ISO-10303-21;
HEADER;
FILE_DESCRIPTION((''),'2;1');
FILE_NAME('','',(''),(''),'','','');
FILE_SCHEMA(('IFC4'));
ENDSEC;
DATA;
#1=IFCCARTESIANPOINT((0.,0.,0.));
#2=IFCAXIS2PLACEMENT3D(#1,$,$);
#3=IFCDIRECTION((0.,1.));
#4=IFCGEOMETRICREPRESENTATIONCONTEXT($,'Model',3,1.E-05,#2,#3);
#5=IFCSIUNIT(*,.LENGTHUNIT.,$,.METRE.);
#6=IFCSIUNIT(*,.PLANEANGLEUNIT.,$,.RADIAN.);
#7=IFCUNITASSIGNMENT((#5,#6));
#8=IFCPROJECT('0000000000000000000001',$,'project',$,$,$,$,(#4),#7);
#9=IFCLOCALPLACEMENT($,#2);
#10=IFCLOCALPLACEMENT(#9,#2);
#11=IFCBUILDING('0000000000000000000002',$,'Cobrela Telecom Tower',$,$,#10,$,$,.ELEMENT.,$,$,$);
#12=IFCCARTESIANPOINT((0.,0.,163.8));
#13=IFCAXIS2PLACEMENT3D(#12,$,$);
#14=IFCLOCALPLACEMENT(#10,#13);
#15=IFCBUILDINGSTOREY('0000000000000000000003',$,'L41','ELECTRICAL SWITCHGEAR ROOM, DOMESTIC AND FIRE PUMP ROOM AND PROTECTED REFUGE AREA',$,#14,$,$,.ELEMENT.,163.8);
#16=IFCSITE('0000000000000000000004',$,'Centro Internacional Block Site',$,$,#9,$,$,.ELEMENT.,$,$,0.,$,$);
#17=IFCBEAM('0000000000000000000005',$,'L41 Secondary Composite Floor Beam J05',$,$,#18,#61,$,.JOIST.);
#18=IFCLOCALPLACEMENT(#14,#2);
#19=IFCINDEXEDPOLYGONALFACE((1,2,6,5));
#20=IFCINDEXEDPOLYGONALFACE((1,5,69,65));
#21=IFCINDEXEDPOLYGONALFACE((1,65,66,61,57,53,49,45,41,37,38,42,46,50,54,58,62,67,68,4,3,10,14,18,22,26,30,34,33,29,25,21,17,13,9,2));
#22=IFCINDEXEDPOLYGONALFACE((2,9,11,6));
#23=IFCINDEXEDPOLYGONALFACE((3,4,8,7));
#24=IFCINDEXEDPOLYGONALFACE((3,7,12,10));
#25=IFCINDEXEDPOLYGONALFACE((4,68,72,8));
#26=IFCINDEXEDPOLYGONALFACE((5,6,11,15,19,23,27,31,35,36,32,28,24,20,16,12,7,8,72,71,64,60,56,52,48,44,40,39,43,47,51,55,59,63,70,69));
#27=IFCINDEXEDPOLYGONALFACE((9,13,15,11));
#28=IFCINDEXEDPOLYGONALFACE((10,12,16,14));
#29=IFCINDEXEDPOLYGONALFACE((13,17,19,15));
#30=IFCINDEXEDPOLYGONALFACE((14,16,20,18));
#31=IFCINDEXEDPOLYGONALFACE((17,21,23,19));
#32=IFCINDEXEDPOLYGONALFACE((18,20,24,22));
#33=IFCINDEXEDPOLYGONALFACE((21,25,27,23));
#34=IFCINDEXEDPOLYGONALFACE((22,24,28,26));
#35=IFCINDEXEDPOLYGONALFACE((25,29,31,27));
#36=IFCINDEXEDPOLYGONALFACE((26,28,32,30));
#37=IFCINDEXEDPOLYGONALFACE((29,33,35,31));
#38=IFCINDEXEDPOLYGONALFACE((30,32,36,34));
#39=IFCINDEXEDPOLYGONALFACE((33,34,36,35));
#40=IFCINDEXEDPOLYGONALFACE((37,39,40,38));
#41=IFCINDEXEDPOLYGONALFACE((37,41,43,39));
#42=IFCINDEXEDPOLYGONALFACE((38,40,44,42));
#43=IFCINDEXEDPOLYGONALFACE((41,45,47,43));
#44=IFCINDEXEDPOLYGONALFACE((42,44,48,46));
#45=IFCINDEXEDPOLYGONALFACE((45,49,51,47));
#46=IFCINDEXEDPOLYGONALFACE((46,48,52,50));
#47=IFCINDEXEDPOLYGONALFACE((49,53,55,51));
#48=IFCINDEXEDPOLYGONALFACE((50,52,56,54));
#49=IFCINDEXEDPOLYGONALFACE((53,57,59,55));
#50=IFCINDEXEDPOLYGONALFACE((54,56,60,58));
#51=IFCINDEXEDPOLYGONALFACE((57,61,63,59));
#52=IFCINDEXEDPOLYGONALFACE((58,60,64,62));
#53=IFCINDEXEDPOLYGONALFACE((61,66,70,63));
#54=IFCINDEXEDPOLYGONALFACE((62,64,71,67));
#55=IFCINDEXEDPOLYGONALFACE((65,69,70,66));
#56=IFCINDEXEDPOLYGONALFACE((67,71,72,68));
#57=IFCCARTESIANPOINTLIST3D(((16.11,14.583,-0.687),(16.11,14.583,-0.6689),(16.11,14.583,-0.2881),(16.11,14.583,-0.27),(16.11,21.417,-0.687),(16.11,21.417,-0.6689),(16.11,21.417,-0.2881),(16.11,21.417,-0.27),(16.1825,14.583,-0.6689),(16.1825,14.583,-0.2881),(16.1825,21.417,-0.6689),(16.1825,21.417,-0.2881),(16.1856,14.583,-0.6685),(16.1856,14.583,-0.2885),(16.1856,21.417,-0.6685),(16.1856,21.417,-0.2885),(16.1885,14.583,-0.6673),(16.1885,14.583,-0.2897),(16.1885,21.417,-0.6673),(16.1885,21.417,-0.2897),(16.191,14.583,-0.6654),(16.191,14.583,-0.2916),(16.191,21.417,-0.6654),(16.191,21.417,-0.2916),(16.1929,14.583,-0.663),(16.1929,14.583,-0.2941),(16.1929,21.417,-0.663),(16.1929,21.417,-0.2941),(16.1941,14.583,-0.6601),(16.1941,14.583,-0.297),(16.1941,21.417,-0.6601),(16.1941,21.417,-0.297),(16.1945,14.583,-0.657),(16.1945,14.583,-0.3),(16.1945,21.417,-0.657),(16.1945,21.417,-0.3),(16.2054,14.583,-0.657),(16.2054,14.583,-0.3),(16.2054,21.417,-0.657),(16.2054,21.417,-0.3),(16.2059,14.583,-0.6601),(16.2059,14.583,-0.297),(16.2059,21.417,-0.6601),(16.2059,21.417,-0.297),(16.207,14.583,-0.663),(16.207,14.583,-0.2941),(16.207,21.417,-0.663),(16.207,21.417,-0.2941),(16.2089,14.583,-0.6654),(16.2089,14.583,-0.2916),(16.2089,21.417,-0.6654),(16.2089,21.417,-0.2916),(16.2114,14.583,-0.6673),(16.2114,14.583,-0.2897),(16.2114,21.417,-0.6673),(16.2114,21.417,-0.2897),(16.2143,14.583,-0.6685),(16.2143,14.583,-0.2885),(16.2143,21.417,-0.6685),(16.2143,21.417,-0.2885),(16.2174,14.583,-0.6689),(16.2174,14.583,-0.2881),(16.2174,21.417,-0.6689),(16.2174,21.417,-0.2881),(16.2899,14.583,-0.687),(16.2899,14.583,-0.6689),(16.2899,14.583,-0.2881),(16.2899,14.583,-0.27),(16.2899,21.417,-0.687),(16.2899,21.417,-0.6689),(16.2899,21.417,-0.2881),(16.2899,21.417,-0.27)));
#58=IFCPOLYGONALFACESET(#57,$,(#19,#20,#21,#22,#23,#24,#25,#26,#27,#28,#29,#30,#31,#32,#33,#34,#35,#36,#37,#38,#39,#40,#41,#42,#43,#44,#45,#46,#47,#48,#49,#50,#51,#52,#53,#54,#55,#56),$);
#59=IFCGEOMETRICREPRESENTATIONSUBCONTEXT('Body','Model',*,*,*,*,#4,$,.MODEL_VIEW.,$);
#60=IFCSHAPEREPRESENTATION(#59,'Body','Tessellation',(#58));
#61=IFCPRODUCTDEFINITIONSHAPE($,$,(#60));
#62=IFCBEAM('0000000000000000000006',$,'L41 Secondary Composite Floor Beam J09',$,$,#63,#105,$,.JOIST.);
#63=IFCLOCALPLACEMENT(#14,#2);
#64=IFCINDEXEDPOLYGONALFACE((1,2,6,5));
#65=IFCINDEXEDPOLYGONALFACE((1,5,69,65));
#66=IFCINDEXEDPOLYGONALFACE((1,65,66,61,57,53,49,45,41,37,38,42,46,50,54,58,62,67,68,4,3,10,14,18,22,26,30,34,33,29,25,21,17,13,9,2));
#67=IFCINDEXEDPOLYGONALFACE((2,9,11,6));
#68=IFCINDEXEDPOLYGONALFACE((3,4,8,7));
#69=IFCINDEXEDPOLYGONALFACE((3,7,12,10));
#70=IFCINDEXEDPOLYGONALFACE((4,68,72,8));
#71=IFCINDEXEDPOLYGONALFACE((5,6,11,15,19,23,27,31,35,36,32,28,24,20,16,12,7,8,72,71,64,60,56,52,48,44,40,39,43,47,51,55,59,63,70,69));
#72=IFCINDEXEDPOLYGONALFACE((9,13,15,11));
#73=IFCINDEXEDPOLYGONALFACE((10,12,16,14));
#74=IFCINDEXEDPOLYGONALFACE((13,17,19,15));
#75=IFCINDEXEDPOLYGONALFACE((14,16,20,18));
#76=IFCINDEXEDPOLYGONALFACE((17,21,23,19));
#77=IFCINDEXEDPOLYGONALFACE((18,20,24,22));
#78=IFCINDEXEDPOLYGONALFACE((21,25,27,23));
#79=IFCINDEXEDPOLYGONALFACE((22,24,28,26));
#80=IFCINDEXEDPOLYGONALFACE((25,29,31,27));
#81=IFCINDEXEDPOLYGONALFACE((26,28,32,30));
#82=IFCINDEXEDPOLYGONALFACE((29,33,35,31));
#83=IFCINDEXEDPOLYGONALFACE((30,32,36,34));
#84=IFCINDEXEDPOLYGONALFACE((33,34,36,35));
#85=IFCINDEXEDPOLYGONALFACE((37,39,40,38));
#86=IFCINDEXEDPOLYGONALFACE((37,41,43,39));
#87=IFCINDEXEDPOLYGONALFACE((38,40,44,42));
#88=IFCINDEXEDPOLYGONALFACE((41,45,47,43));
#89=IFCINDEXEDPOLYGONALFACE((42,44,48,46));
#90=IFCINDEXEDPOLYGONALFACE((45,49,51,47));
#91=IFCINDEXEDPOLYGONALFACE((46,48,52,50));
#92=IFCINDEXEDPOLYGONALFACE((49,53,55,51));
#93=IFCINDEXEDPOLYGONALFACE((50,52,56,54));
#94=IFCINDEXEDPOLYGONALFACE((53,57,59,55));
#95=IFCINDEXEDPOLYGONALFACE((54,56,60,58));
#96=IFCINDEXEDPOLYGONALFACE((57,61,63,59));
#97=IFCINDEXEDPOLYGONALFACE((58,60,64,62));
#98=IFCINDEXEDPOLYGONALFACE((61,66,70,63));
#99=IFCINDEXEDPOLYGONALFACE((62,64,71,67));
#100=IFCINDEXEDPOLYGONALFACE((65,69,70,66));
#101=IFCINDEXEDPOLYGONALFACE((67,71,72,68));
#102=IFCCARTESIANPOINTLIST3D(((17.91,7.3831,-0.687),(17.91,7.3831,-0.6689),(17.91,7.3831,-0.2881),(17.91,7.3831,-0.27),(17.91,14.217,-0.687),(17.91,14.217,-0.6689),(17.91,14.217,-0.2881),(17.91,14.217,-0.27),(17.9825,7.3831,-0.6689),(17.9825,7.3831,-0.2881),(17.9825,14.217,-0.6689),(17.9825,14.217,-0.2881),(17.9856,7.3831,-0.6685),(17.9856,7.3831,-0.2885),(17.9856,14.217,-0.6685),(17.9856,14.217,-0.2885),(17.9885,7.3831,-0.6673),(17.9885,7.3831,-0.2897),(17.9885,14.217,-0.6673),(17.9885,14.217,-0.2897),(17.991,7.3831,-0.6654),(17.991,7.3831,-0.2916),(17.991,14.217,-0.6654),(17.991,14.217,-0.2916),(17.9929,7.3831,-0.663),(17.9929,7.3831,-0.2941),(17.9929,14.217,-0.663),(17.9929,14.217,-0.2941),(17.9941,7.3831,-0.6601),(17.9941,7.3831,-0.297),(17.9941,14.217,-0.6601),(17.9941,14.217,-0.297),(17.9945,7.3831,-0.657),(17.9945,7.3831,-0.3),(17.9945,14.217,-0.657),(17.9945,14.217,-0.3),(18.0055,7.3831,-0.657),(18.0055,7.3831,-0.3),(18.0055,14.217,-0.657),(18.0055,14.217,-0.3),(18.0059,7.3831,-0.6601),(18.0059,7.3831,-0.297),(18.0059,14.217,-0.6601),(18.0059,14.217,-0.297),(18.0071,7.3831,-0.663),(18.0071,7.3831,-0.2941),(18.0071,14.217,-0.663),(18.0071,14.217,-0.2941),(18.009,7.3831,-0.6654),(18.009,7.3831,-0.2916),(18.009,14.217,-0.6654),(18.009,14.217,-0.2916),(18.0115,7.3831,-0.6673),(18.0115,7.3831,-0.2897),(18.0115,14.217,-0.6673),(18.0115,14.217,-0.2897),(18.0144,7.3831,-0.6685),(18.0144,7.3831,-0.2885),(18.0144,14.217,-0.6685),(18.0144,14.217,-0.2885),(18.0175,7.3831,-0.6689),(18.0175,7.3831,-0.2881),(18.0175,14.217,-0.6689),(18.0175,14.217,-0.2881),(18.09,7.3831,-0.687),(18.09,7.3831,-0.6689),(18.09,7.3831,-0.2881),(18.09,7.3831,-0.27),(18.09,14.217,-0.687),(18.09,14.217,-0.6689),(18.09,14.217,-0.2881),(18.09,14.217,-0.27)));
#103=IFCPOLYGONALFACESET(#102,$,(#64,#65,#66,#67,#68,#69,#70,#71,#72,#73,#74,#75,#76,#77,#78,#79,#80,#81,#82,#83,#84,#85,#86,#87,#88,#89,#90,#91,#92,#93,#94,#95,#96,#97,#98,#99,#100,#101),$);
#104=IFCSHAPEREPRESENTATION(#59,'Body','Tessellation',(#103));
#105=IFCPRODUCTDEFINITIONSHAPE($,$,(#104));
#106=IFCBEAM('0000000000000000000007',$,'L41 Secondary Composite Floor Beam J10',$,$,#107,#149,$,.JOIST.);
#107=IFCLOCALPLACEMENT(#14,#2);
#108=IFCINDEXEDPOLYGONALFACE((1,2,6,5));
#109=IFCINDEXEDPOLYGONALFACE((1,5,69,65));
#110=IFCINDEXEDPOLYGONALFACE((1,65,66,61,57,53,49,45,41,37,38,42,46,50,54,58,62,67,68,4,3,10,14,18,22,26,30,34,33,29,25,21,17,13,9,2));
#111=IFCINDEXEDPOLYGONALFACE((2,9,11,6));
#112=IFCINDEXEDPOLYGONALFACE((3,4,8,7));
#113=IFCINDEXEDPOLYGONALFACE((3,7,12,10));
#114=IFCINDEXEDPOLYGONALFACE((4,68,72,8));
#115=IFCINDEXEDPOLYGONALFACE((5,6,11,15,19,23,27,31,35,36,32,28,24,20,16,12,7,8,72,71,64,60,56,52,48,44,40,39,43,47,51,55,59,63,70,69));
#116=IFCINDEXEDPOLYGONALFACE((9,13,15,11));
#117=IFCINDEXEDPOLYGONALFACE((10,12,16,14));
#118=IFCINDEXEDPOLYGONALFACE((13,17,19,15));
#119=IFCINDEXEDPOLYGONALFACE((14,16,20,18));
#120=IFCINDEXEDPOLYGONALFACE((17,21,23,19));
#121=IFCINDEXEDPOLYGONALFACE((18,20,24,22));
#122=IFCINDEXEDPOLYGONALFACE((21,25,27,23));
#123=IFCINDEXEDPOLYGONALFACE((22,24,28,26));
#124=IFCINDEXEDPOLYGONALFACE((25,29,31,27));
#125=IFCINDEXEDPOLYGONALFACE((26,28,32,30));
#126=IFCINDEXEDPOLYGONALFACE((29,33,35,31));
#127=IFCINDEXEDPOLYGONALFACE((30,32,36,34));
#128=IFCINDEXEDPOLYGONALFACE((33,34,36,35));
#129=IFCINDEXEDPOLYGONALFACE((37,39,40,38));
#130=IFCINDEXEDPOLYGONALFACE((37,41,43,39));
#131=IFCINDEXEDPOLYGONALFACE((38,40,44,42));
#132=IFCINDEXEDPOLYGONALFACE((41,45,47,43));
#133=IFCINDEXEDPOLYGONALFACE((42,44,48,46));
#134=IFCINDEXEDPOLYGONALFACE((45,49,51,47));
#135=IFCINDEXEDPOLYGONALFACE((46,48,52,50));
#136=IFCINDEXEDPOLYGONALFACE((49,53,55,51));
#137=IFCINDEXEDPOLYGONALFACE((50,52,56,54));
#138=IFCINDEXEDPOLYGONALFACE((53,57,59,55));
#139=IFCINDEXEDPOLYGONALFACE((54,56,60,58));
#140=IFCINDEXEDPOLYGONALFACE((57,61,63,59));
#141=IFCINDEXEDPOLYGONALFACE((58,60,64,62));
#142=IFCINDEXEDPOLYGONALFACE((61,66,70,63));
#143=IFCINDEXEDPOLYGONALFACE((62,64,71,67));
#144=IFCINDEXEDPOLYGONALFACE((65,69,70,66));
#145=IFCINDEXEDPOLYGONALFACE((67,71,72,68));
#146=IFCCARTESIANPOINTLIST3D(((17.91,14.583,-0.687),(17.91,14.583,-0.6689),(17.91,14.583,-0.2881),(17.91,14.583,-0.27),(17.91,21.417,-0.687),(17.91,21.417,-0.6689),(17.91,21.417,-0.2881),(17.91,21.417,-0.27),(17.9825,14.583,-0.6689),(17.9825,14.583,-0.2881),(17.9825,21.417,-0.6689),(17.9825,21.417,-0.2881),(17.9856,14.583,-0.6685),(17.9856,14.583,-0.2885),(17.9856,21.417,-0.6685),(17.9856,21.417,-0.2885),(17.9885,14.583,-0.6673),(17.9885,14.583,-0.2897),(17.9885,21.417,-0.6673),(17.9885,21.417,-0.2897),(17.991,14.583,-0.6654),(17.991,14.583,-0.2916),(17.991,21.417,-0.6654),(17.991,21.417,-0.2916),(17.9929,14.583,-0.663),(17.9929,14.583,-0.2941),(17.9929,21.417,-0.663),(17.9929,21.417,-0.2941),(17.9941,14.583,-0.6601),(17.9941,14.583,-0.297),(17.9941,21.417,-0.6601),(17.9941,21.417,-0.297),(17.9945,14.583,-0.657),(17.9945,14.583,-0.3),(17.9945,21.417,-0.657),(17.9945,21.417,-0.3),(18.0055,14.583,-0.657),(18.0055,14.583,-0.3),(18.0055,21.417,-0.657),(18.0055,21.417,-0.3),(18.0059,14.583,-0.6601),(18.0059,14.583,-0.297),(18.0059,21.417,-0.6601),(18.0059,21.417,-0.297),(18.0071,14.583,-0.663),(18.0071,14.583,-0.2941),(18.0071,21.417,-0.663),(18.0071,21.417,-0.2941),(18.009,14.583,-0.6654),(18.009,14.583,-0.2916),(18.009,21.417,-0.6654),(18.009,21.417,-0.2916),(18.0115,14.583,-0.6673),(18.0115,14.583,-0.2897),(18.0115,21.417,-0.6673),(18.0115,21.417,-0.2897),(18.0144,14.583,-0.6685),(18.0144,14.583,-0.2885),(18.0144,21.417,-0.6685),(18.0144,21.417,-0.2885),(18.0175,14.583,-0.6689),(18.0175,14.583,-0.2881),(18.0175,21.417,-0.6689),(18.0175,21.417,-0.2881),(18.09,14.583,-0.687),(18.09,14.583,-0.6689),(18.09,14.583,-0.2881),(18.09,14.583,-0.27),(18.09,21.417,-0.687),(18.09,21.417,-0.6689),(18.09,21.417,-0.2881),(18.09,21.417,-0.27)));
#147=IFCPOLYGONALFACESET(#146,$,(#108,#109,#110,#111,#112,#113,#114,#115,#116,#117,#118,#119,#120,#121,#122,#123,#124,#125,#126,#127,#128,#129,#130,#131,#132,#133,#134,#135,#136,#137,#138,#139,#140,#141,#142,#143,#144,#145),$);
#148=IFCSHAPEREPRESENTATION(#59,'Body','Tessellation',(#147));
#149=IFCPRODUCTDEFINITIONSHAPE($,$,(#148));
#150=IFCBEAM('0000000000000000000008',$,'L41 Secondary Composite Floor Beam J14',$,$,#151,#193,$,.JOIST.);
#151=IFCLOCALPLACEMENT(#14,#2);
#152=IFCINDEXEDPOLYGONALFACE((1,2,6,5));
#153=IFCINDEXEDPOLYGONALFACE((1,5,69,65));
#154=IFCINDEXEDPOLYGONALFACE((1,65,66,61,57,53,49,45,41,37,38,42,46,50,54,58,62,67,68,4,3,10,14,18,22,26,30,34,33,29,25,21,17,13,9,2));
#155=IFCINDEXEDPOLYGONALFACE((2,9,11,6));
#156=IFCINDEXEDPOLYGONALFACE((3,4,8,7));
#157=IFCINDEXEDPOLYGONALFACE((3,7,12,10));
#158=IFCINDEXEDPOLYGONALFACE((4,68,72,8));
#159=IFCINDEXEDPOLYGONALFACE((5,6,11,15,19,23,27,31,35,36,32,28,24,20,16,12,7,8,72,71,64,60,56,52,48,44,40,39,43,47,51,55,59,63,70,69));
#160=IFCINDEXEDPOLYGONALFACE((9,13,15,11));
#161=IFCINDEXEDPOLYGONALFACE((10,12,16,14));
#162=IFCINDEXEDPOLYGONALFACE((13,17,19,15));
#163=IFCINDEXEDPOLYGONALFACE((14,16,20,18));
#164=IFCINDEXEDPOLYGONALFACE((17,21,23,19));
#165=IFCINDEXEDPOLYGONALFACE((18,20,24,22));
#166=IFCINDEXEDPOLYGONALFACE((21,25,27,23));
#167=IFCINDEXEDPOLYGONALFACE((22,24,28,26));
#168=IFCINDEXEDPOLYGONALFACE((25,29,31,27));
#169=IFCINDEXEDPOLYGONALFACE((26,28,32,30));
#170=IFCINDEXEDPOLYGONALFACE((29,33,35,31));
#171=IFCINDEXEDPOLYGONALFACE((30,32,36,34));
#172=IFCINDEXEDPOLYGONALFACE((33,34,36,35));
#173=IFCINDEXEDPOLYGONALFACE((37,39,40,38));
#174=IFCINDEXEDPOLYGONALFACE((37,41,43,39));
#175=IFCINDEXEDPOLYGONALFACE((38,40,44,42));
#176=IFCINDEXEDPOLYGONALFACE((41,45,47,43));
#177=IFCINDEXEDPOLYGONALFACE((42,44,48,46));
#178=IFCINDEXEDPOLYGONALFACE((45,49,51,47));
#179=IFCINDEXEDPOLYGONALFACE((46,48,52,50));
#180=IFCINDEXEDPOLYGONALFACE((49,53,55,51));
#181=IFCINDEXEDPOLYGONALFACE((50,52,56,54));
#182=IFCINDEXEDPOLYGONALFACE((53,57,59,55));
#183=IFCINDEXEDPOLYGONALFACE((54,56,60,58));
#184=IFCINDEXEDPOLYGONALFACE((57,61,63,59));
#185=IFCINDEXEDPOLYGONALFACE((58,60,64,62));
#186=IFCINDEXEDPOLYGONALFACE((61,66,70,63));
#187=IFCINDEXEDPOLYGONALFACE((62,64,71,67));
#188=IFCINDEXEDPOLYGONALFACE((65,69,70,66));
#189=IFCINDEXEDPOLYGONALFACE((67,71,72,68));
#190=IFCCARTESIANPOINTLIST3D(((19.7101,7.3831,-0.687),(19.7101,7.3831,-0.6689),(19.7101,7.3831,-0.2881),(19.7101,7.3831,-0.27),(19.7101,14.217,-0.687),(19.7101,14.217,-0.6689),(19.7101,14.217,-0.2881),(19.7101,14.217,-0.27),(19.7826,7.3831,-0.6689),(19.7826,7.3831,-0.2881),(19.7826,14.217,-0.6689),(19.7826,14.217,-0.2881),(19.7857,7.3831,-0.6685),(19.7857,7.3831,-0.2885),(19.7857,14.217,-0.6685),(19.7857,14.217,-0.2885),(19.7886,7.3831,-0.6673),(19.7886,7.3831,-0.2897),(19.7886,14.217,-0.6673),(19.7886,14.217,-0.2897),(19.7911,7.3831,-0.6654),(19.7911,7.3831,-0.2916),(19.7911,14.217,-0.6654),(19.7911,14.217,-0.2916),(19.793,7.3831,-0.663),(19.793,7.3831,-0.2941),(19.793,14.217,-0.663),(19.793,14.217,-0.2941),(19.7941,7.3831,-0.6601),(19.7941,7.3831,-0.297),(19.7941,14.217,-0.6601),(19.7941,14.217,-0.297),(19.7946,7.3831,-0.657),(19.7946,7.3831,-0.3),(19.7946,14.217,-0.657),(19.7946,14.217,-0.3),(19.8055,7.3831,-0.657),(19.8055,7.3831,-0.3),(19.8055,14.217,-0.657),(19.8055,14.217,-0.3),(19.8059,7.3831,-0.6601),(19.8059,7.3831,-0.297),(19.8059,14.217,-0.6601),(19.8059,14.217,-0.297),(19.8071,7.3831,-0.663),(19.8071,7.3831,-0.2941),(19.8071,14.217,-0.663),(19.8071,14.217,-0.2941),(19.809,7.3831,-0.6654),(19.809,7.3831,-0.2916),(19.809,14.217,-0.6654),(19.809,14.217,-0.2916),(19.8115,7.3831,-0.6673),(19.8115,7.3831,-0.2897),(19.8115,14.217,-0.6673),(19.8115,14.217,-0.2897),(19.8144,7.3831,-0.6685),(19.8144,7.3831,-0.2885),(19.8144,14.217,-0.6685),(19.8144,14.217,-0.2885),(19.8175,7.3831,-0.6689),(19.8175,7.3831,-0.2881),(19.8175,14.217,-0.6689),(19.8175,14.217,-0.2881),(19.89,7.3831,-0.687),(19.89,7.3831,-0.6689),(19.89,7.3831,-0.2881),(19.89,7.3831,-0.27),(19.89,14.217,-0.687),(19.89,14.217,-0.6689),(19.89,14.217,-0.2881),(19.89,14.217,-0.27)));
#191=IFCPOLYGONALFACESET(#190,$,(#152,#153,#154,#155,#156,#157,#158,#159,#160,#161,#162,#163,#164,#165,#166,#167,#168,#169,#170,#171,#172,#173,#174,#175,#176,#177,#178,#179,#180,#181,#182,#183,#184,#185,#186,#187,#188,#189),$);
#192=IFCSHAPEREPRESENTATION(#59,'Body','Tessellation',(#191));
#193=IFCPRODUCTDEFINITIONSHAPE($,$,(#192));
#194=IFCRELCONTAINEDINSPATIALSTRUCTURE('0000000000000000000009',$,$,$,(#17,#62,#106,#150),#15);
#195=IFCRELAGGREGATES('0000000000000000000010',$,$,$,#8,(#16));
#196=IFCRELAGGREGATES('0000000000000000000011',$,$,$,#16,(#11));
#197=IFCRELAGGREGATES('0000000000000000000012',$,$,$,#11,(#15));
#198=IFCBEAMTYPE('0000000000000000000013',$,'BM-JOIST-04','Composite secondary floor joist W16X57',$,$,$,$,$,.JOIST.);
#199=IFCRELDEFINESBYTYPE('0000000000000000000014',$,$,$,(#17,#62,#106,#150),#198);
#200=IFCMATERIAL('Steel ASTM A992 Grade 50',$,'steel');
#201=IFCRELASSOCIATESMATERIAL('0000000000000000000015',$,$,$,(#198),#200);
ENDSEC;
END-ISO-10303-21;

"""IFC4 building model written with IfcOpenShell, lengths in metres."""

from ifc_helpers import new_model, si_unit, direction, frame, origin, origin_2d, place, context, subcontext, project, spatial, i_section, extrude, material, material_profile, profile_set, type_object, element, save


model = new_model("IFC4")

# Units and contexts
model_context = context("Model", 3, precision=1e-05, world=origin(), true_north=direction((0.0, 1.0)))
body_context = subcontext(model_context, "Body", "Model", "MODEL_VIEW")
ifc_project = project(units=[si_unit("LENGTHUNIT", "METRE"), si_unit("PLANEANGLEUNIT", "RADIAN")], contexts=[model_context])

# Site, building, storey
site_placement = place(None, origin())
site = spatial("IfcSite", under=ifc_project, at=site_placement, Name="Centro Internacional Block Site", CompositionType="ELEMENT", RefElevation=0.0)
building_placement = place(site_placement, origin())
building = spatial("IfcBuilding", under=site, at=building_placement, Name="Cobrela Telecom Tower", CompositionType="ELEMENT")
storey_placement = place(building_placement, frame((0.0, 0.0, 163.8)))
storey = spatial("IfcBuildingStorey", under=building, at=storey_placement, Name="L41", Description="ELECTRICAL SWITCHGEAR ROOM, DOMESTIC AND FIRE PUMP ROOM AND PROTECTED REFUGE AREA", CompositionType="ELEMENT", Elevation=163.8)

# Beams
ifc_material_1 = material(Name="Steel ASTM A992 Grade 50", Category="steel")
ifc_material_profile_1 = material_profile(ifc_material_1, i_section(OverallWidth=0.1799, OverallDepth=0.417, WebThickness=0.011, FlangeThickness=0.0181, FilletRadius=0.012, at=origin_2d()), Name="W16X57")
ifc_profile_set_1 = profile_set([ifc_material_profile_1], Name="Steel ASTM A992 Grade 50")
beam_type_1 = type_object("IfcBeamType", Name="BM-JOIST-04", Description="Composite secondary floor joist W16X57", PredefinedType="JOIST", material=ifc_profile_set_1)
for number, where, z_axis, x_axis, name in (
    (1, (16.2, 14.583, -0.4785), (0.0, 1.0, 0.0), (-1.0, 0.0, 0.0), "L41 Secondary Composite Floor Beam J05"),
    (2, (18.0, 7.3831, -0.4785), (0.0, 1.0, 0.0), (-1.0, 0.0, 0.0), "L41 Secondary Composite Floor Beam J09"),
    (3, (18.0, 14.583, -0.4785), (0.0, 1.0, 0.0), (-1.0, 0.0, 0.0), "L41 Secondary Composite Floor Beam J10"),
    (4, (19.8, 7.3831, -0.4785), (0.0, 1.0, 0.0), (-1.0, 0.0, 0.0), "L41 Secondary Composite Floor Beam J14"),
):
    element("IfcBeam", number, at=place(storey_placement, frame(where, z_axis=z_axis, x_axis=x_axis)), inside=storey, type_object=beam_type_1, Name=name, PredefinedType="JOIST", context=body_context, shape_type="SweptSolid", body=[
        extrude(i_section(OverallWidth=0.1799, OverallDepth=0.417, WebThickness=0.011, FlangeThickness=0.0181, FilletRadius=0.012, at=origin_2d()), origin(), (0.0, 0.0, 1.0), 6.834),
    ])

save(model, "model.ifc")
